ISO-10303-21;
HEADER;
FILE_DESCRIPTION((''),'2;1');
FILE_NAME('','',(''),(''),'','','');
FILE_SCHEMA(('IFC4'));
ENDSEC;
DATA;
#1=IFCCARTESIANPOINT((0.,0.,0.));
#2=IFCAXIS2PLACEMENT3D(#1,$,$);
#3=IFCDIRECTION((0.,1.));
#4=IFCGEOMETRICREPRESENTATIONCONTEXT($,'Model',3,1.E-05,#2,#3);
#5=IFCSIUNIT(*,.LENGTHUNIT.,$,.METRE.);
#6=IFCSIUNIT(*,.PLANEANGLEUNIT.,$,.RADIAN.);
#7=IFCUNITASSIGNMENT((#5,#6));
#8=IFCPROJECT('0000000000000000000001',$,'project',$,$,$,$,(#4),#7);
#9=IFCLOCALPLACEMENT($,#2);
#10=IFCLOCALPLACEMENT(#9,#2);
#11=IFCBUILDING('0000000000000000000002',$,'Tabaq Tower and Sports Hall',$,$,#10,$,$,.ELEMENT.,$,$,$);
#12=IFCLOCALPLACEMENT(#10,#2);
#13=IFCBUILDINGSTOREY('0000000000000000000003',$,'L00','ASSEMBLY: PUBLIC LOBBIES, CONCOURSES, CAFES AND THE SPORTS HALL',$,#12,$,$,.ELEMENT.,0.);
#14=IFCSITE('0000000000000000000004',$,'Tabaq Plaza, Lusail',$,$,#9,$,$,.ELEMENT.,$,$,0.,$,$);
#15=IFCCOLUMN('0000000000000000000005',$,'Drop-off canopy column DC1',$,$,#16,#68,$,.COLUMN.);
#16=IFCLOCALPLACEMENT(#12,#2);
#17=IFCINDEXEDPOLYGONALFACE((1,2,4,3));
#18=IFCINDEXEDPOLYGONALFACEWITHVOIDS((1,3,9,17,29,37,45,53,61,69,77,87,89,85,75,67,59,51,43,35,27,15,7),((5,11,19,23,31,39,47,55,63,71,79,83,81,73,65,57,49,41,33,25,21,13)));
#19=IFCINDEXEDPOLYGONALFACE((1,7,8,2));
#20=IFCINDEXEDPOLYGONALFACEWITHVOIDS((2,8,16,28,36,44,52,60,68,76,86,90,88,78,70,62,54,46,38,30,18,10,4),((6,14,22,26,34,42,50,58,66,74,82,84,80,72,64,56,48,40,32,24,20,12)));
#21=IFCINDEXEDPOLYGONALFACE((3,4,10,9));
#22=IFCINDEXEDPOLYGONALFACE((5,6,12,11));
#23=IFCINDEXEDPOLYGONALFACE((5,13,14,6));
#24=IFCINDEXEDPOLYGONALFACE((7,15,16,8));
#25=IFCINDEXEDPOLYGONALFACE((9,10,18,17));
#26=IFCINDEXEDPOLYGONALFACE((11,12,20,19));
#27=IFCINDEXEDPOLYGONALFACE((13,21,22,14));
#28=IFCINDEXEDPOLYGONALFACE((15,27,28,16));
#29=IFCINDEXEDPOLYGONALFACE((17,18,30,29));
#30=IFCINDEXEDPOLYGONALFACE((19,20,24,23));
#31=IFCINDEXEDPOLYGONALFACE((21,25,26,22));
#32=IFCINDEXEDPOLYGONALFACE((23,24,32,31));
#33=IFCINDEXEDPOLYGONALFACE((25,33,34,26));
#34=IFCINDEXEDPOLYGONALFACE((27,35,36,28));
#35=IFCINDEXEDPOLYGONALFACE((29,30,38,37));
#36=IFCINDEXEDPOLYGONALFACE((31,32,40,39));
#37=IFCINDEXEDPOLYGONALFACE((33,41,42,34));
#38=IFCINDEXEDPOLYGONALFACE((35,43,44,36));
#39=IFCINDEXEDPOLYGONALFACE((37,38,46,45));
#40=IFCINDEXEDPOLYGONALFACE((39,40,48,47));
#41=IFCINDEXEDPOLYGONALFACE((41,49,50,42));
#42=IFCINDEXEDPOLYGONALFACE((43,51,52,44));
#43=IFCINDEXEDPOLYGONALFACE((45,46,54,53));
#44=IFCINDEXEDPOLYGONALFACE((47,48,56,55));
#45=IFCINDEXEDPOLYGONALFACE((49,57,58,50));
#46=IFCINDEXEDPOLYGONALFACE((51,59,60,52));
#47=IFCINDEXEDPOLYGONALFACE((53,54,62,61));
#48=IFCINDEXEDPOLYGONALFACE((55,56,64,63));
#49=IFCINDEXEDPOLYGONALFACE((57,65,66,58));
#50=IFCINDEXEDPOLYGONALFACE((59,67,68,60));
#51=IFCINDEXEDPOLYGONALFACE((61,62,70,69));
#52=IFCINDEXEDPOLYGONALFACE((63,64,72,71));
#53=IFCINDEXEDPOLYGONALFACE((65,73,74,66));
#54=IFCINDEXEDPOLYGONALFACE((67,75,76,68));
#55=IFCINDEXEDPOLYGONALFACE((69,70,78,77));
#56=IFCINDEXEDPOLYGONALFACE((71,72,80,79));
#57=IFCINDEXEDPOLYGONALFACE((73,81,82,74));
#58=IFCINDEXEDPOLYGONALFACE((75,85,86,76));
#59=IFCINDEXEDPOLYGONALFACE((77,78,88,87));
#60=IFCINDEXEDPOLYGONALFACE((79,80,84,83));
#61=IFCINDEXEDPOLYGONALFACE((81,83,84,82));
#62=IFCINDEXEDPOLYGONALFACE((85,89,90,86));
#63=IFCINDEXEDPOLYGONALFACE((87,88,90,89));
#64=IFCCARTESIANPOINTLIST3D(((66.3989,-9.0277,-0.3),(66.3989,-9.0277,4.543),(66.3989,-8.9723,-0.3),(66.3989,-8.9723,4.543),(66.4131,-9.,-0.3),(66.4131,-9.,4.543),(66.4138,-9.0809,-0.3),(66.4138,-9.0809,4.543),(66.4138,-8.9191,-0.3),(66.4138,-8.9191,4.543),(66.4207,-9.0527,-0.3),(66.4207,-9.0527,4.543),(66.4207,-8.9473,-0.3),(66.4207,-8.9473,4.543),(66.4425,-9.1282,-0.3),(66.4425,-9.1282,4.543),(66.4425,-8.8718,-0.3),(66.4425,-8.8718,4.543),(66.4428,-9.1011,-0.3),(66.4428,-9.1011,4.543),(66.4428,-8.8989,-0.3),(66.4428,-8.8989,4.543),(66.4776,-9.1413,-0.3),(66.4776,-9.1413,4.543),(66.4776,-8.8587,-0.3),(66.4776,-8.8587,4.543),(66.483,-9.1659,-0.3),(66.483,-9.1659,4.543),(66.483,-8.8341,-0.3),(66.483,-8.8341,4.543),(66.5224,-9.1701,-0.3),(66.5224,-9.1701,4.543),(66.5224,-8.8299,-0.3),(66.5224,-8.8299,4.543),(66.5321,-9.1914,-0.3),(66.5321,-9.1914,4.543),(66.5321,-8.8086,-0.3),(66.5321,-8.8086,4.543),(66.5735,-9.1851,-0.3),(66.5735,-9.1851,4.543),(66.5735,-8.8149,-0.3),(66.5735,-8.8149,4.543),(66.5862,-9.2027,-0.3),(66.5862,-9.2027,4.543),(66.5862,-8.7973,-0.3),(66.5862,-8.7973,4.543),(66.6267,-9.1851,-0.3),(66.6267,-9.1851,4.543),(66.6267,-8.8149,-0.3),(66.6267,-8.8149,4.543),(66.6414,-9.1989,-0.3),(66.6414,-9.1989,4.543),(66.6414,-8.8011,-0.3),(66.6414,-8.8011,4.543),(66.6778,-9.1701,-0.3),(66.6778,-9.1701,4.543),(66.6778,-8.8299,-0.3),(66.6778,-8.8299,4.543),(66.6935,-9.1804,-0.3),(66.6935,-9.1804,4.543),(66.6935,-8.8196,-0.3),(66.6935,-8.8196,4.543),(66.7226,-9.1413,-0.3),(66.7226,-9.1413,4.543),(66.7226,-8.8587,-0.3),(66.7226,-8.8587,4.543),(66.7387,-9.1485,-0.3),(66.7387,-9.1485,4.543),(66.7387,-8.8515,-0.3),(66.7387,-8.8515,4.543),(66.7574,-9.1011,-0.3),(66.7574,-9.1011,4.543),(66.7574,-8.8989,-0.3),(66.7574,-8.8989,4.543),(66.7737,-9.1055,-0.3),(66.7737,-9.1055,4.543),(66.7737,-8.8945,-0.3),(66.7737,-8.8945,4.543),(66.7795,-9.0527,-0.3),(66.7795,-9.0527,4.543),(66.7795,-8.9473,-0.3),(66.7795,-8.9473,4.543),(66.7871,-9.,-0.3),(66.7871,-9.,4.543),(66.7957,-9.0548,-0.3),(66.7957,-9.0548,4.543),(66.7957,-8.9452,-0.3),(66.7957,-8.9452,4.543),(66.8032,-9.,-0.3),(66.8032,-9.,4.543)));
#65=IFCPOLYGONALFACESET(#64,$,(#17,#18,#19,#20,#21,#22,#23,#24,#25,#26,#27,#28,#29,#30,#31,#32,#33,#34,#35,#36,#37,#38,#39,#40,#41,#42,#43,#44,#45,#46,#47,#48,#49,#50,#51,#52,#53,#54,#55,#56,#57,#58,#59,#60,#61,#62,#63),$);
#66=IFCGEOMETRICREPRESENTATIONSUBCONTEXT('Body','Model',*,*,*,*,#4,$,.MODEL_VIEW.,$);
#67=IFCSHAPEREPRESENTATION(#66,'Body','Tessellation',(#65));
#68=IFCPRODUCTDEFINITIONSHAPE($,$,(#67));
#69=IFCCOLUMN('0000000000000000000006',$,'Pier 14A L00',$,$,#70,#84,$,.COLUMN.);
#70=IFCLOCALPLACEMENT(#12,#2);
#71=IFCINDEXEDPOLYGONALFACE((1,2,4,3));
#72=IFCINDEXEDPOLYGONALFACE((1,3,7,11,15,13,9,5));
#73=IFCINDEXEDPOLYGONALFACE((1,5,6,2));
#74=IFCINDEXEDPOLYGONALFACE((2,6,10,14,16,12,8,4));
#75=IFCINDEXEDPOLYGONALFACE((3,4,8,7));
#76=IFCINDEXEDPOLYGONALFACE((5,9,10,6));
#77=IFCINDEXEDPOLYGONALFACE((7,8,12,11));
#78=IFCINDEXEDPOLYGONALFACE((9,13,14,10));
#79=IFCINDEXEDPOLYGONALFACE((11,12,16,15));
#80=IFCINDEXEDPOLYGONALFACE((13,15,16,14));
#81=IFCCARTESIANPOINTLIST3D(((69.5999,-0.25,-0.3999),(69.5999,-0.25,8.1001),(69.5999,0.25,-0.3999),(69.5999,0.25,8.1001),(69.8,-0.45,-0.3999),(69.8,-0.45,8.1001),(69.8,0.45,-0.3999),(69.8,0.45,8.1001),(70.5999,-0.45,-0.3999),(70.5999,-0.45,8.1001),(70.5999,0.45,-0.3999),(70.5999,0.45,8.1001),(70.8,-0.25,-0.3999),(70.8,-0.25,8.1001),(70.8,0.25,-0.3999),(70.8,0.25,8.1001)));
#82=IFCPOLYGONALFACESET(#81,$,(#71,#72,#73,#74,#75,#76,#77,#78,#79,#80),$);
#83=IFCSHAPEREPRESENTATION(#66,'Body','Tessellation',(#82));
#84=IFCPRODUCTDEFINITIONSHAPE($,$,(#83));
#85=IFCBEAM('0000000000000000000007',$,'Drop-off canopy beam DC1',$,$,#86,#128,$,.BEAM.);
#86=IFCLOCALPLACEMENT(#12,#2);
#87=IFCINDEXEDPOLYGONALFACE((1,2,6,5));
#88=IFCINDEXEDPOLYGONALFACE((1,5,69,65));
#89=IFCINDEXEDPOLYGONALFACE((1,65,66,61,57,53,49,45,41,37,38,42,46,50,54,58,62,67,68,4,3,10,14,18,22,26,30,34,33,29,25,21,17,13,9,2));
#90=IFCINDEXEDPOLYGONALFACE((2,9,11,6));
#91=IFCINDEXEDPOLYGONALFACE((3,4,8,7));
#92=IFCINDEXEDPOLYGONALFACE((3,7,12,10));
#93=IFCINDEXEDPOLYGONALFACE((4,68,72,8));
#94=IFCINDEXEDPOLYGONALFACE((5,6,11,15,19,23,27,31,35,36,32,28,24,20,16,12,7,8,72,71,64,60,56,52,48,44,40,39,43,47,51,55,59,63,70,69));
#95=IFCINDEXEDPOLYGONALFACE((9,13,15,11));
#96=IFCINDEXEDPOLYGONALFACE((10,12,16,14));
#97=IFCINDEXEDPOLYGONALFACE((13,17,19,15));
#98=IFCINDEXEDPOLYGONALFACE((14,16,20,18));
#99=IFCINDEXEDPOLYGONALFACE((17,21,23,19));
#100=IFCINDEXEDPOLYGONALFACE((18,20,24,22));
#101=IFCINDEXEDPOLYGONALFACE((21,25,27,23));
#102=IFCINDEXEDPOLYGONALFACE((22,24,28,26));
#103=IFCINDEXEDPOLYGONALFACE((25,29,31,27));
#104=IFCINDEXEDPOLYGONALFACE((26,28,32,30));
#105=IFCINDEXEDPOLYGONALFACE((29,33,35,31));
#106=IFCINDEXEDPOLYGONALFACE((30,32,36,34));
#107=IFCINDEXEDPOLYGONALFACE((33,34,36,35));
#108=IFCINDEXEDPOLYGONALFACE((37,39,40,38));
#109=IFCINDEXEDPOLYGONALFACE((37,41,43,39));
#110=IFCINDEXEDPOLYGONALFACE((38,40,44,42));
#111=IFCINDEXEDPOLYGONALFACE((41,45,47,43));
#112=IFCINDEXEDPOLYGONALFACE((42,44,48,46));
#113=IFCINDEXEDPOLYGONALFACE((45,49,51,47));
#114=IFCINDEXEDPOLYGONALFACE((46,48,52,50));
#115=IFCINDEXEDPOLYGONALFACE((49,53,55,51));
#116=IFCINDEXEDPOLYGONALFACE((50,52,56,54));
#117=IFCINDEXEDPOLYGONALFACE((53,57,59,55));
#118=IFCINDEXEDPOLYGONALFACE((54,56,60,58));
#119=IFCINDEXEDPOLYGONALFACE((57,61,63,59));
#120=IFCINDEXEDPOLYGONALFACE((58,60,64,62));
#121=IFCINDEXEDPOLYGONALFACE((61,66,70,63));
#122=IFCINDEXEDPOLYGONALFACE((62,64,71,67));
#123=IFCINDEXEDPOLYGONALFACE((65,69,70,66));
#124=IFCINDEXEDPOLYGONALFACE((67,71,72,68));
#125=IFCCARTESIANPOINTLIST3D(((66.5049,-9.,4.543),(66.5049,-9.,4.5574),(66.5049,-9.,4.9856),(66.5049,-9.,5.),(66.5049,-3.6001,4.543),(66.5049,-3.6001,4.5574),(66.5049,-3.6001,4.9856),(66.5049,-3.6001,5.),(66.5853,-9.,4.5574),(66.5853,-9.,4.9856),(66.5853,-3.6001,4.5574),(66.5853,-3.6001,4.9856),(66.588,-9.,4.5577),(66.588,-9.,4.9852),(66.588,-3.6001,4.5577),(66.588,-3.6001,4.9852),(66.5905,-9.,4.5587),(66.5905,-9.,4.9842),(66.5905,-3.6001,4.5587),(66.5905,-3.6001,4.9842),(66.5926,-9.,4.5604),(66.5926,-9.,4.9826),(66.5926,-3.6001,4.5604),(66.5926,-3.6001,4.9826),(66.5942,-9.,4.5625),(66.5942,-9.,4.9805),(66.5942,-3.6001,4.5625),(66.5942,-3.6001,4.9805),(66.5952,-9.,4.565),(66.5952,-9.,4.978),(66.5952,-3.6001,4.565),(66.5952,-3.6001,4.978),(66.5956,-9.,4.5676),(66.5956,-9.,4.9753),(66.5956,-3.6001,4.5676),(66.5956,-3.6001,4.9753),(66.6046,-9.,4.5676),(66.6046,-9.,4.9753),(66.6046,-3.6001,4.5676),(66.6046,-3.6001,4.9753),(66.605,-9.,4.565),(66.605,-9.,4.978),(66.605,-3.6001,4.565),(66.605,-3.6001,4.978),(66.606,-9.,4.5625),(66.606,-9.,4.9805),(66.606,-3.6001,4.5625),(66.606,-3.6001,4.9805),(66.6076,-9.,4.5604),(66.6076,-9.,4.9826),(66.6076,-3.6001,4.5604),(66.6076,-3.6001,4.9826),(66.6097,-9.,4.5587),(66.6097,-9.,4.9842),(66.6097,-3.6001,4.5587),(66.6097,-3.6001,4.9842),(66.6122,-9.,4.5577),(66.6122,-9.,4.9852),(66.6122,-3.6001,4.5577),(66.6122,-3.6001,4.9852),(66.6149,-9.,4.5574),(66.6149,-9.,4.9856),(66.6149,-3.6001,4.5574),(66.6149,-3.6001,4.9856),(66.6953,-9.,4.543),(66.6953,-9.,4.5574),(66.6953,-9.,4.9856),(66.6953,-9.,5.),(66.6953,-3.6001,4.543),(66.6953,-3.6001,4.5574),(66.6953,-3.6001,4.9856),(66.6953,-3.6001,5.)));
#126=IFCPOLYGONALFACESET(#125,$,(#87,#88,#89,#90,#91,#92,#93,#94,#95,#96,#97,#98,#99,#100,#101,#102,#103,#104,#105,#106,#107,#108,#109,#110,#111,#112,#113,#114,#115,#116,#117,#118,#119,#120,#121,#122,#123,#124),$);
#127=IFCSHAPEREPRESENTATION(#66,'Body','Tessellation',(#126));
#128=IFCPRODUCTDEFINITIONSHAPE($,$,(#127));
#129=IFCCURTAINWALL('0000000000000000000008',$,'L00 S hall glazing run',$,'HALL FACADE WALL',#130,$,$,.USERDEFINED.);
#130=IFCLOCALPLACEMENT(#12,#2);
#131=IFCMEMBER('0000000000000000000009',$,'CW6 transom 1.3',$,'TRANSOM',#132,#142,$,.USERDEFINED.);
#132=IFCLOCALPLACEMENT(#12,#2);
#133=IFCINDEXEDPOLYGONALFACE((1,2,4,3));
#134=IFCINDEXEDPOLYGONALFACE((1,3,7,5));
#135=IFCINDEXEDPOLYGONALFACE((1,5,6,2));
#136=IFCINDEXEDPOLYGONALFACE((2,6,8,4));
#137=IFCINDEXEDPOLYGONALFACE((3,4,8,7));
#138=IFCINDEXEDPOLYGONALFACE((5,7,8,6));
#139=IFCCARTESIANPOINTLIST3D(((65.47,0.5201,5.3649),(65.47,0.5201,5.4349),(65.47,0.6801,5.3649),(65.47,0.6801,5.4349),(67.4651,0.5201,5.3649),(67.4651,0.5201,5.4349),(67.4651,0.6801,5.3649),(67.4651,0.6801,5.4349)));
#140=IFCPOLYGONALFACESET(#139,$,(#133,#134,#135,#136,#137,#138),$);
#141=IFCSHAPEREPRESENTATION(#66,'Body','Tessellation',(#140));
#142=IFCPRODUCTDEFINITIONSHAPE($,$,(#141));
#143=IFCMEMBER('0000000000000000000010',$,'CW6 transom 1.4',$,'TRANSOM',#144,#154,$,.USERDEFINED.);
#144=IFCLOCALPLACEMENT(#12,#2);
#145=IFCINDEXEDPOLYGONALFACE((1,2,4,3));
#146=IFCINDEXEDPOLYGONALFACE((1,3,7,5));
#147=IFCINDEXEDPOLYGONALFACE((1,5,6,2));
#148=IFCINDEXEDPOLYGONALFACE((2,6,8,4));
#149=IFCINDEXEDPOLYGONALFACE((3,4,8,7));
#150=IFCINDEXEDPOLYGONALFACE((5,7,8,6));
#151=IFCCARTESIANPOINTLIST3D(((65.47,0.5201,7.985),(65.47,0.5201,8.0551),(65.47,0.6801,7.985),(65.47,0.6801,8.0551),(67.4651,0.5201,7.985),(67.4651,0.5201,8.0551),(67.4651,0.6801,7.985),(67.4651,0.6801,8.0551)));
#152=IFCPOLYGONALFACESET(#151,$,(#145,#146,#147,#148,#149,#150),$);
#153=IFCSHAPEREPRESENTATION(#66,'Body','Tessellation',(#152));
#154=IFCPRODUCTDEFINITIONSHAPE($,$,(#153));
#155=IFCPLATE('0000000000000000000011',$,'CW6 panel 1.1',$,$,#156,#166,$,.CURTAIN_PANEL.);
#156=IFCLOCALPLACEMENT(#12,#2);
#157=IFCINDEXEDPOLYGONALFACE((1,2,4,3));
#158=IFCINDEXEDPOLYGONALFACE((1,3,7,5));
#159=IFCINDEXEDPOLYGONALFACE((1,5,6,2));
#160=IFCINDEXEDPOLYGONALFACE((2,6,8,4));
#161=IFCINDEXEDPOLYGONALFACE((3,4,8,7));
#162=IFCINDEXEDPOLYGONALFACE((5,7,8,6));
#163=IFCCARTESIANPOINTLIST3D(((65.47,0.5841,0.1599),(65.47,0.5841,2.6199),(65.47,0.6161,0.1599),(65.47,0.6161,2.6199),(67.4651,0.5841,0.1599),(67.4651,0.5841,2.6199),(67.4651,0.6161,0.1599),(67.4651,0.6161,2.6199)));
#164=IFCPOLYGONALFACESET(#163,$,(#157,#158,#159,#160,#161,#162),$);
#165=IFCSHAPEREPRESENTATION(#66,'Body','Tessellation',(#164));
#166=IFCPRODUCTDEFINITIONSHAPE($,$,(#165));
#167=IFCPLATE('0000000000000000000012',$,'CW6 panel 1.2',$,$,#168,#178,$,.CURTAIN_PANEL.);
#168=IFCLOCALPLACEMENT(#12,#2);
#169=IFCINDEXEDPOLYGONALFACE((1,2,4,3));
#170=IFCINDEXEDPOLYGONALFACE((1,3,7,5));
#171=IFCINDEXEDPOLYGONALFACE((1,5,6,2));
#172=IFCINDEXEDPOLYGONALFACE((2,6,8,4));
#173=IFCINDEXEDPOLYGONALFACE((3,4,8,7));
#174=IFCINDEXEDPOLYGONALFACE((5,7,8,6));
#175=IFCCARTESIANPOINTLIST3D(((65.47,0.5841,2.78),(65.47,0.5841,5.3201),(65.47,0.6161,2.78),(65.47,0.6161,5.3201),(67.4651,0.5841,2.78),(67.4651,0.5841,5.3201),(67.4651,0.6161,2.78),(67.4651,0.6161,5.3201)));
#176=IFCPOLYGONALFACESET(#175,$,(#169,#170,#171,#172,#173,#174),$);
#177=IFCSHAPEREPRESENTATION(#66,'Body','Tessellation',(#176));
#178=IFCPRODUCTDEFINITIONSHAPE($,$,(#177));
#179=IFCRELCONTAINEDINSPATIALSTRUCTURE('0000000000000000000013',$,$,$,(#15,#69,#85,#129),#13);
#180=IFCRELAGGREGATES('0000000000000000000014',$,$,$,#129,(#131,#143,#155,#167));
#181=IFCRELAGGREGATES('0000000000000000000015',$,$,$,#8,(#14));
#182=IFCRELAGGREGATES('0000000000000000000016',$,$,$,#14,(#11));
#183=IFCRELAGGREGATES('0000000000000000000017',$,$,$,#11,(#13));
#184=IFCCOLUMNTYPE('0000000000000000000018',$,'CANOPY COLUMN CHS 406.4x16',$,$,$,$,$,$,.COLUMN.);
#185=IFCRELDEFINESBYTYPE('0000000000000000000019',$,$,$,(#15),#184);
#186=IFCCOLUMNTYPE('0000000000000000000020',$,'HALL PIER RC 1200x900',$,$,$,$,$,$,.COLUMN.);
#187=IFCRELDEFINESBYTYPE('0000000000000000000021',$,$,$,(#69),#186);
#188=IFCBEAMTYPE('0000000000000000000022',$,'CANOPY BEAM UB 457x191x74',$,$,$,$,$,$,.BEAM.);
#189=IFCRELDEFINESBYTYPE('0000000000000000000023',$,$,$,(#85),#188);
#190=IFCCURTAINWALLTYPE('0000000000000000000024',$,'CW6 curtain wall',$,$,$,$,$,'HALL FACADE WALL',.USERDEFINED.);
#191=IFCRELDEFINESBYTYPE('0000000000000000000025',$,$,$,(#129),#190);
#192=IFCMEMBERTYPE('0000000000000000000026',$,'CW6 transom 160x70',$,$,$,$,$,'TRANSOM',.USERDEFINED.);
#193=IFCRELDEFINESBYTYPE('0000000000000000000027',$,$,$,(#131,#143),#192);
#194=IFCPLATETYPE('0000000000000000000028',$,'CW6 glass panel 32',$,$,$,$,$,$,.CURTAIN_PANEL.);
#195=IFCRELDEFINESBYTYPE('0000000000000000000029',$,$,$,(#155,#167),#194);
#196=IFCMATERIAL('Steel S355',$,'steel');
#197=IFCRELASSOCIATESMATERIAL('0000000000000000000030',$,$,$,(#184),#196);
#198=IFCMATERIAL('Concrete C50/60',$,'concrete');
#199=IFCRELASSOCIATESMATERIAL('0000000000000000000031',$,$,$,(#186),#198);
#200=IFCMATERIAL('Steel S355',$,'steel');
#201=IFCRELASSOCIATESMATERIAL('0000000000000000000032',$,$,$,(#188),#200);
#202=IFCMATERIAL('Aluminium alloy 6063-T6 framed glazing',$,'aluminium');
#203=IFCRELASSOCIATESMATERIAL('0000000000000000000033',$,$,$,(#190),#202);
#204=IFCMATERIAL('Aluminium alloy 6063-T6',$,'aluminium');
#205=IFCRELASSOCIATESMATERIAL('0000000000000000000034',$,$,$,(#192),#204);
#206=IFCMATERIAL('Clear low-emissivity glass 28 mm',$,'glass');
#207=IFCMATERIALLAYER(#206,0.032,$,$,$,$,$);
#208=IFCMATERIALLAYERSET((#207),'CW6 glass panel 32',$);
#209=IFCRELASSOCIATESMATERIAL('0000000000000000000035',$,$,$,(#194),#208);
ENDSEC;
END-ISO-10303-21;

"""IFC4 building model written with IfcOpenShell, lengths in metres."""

from ifc_helpers import new_model, si_unit, direction, frame, origin, origin_2d, place, context, subcontext, project, spatial, polyline, rectangle, hollow_circle, i_section, outline, extrude, material, layer, layer_set, material_profile, profile_set, type_object, element, aggregate, save


model = new_model("IFC4")

# Units and contexts
model_context = context("Model", 3, precision=1e-05, world=origin(), true_north=direction((0.0, 1.0)))
body_context = subcontext(model_context, "Body", "Model", "MODEL_VIEW")
ifc_project = project(units=[si_unit("LENGTHUNIT", "METRE"), si_unit("PLANEANGLEUNIT", "RADIAN")], contexts=[model_context])

# Site, building, storey
site_placement = place(None, origin())
site = spatial("IfcSite", under=ifc_project, at=site_placement, Name="Tabaq Plaza, Lusail", CompositionType="ELEMENT", RefElevation=0.0)
building_placement = place(site_placement, origin())
building = spatial("IfcBuilding", under=site, at=building_placement, Name="Tabaq Tower and Sports Hall", CompositionType="ELEMENT")
storey_placement = place(building_placement, origin())
storey = spatial("IfcBuildingStorey", under=building, at=storey_placement, Name="L00", Description="ASSEMBLY: PUBLIC LOBBIES, CONCOURSES, CAFES AND THE SPORTS HALL", CompositionType="ELEMENT", Elevation=0.0)

# Columns
ifc_material_1 = material(Name="Steel S355", Category="steel")
ifc_material_profile_1 = material_profile(ifc_material_1, hollow_circle(Radius=0.2031, WallThickness=0.0161, at=origin_2d()), Name="CHS 406.4x16")
ifc_profile_set_1 = profile_set([ifc_material_profile_1], Name="Steel S355")
column_type_1 = type_object("IfcColumnType", Name="CANOPY COLUMN CHS 406.4x16", PredefinedType="COLUMN", material=ifc_profile_set_1)
for number, where, z_axis, x_axis, name in (
    (1, (66.6001, -9.0, -0.3), (0.0, 0.0, 1.0), (1.0, 0.0, 0.0), "Drop-off canopy column DC1"),
):
    element("IfcColumn", number, at=place(storey_placement, frame(where, z_axis=z_axis, x_axis=x_axis)), inside=storey, type_object=column_type_1, Name=name, PredefinedType="COLUMN", context=body_context, shape_type="SweptSolid", body=[
        extrude(hollow_circle(Radius=0.2031, WallThickness=0.0161, at=origin_2d()), origin(), (0.0, 0.0, 1.0), 4.843),
    ])
ifc_material_2 = material(Name="Concrete C50/60", Category="concrete")
ifc_material_profile_2 = material_profile(ifc_material_2, outline(polyline([(-0.3999, -0.45), (0.3999, -0.45), (0.6001, -0.25), (0.6001, 0.25), (0.3999, 0.45), (-0.3999, 0.45), (-0.6001, 0.25), (-0.6001, -0.25), (-0.3999, -0.45)])), Name="PIER 1200x900")
ifc_profile_set_2 = profile_set([ifc_material_profile_2], Name="Concrete C50/60")
column_type_2 = type_object("IfcColumnType", Name="HALL PIER RC 1200x900", PredefinedType="COLUMN", material=ifc_profile_set_2)
column_placement = place(storey_placement, frame((70.2, 0.0, -0.3999), z_axis=(0.0, 0.0, 1.0), x_axis=(1.0, 0.0, 0.0)))
element("IfcColumn", 2, at=column_placement, inside=storey, type_object=column_type_2, Name="Pier 14A L00", PredefinedType="COLUMN", context=body_context, shape_type="SweptSolid", body=[
    extrude(outline(polyline([(-0.3999, -0.45), (0.3999, -0.45), (0.6001, -0.25), (0.6001, 0.25), (0.3999, 0.45), (-0.3999, 0.45), (-0.6001, 0.25), (-0.6001, -0.25), (-0.3999, -0.45)])), origin(), (0.0, 0.0, 1.0), 8.5),
])

# Beam
ifc_material_3 = material(Name="Steel S355", Category="steel")
ifc_material_profile_3 = material_profile(ifc_material_3, i_section(OverallWidth=0.1904, OverallDepth=0.457, WebThickness=0.009, FlangeThickness=0.0144, FilletRadius=0.0103, at=origin_2d()), Name="UB 457x191x74")
ifc_profile_set_3 = profile_set([ifc_material_profile_3], Name="Steel S355")
beam_type = type_object("IfcBeamType", Name="CANOPY BEAM UB 457x191x74", PredefinedType="BEAM", material=ifc_profile_set_3)
beam_placement = place(storey_placement, frame((66.6001, -9.0, 4.7715), z_axis=(0.0, 1.0, 0.0), x_axis=(-1.0, 0.0, 0.0)))
element("IfcBeam", 3, at=beam_placement, inside=storey, type_object=beam_type, Name="Drop-off canopy beam DC1", PredefinedType="BEAM", context=body_context, shape_type="SweptSolid", body=[
    extrude(i_section(OverallWidth=0.1904, OverallDepth=0.457, WebThickness=0.009, FlangeThickness=0.0144, FilletRadius=0.0103, at=origin_2d()), origin(), (0.0, 0.0, 1.0), 5.3999),
])

# Curtain wall, members, plates
ifc_material_4 = material(Name="Aluminium alloy 6063-T6 framed glazing", Category="aluminium")
curtain_wall_type = type_object("IfcCurtainWallType", Name="CW6 curtain wall", ElementType="HALL FACADE WALL", PredefinedType="USERDEFINED", material=ifc_material_4)
curtain_wall_placement = place(storey_placement, origin())
curtain_wall = element("IfcCurtainWall", 4, at=curtain_wall_placement, inside=storey, type_object=curtain_wall_type, Name="L00 S hall glazing run", ObjectType="HALL FACADE WALL", PredefinedType="USERDEFINED")
ifc_material_5 = material(Name="Aluminium alloy 6063-T6", Category="aluminium")
ifc_material_profile_4 = material_profile(ifc_material_5, rectangle(XDim=0.1599, YDim=0.0701, at=origin_2d()), Name="TRANSOM 160x70")
ifc_profile_set_4 = profile_set([ifc_material_profile_4], Name="Aluminium alloy 6063-T6")
member_type = type_object("IfcMemberType", Name="CW6 transom 160x70", ElementType="TRANSOM", PredefinedType="USERDEFINED", material=ifc_profile_set_4)
member_1_placement = place(storey_placement, frame((65.47, 0.6001, 5.3999), z_axis=(1.0, 0.0, 0.0), x_axis=(0.0, 1.0, 0.0)))
member_1 = element("IfcMember", 5, at=member_1_placement, type_object=member_type, Name="CW6 transom 1.3", ObjectType="TRANSOM", PredefinedType="USERDEFINED", context=body_context, shape_type="SweptSolid", body=[
    extrude(rectangle(XDim=0.1599, YDim=0.0701, at=origin_2d()), origin(), (0.0, 0.0, 1.0), 1.9951),
])
member_2_placement = place(storey_placement, frame((65.47, 0.6001, 8.02), z_axis=(1.0, 0.0, 0.0), x_axis=(0.0, 1.0, 0.0)))
member_2 = element("IfcMember", 6, at=member_2_placement, type_object=member_type, Name="CW6 transom 1.4", ObjectType="TRANSOM", PredefinedType="USERDEFINED", context=body_context, shape_type="SweptSolid", body=[
    extrude(rectangle(XDim=0.1599, YDim=0.0701, at=origin_2d()), origin(), (0.0, 0.0, 1.0), 1.9951),
])
ifc_material_6 = material(Name="Clear low-emissivity glass 28 mm", Category="glass")
ifc_layer = layer(ifc_material_6, 0.032)
ifc_layer_set = layer_set([ifc_layer], Name="CW6 glass panel 32")
plate_type = type_object("IfcPlateType", Name="CW6 glass panel 32", PredefinedType="CURTAIN_PANEL", material=ifc_layer_set)
plate_1_placement = place(storey_placement, frame((66.4675, 0.6001, 0.1599), z_axis=(0.0, 0.0, 1.0), x_axis=(1.0, 0.0, 0.0)))
plate_1 = element("IfcPlate", 7, at=plate_1_placement, type_object=plate_type, Name="CW6 panel 1.1", PredefinedType="CURTAIN_PANEL", context=body_context, shape_type="SweptSolid", body=[
    extrude(rectangle(XDim=1.9951, YDim=0.032, at=origin_2d()), origin(), (0.0, 0.0, 1.0), 2.46),
])
plate_2_placement = place(storey_placement, frame((66.4675, 0.6001, 2.78), z_axis=(0.0, 0.0, 1.0), x_axis=(1.0, 0.0, 0.0)))
plate_2 = element("IfcPlate", 8, at=plate_2_placement, type_object=plate_type, Name="CW6 panel 1.2", PredefinedType="CURTAIN_PANEL", context=body_context, shape_type="SweptSolid", body=[
    extrude(rectangle(XDim=1.9951, YDim=0.032, at=origin_2d()), origin(), (0.0, 0.0, 1.0), 2.54),
])
aggregate(curtain_wall, [member_1, member_2, plate_1, plate_2])

save(model, "model.ifc")
